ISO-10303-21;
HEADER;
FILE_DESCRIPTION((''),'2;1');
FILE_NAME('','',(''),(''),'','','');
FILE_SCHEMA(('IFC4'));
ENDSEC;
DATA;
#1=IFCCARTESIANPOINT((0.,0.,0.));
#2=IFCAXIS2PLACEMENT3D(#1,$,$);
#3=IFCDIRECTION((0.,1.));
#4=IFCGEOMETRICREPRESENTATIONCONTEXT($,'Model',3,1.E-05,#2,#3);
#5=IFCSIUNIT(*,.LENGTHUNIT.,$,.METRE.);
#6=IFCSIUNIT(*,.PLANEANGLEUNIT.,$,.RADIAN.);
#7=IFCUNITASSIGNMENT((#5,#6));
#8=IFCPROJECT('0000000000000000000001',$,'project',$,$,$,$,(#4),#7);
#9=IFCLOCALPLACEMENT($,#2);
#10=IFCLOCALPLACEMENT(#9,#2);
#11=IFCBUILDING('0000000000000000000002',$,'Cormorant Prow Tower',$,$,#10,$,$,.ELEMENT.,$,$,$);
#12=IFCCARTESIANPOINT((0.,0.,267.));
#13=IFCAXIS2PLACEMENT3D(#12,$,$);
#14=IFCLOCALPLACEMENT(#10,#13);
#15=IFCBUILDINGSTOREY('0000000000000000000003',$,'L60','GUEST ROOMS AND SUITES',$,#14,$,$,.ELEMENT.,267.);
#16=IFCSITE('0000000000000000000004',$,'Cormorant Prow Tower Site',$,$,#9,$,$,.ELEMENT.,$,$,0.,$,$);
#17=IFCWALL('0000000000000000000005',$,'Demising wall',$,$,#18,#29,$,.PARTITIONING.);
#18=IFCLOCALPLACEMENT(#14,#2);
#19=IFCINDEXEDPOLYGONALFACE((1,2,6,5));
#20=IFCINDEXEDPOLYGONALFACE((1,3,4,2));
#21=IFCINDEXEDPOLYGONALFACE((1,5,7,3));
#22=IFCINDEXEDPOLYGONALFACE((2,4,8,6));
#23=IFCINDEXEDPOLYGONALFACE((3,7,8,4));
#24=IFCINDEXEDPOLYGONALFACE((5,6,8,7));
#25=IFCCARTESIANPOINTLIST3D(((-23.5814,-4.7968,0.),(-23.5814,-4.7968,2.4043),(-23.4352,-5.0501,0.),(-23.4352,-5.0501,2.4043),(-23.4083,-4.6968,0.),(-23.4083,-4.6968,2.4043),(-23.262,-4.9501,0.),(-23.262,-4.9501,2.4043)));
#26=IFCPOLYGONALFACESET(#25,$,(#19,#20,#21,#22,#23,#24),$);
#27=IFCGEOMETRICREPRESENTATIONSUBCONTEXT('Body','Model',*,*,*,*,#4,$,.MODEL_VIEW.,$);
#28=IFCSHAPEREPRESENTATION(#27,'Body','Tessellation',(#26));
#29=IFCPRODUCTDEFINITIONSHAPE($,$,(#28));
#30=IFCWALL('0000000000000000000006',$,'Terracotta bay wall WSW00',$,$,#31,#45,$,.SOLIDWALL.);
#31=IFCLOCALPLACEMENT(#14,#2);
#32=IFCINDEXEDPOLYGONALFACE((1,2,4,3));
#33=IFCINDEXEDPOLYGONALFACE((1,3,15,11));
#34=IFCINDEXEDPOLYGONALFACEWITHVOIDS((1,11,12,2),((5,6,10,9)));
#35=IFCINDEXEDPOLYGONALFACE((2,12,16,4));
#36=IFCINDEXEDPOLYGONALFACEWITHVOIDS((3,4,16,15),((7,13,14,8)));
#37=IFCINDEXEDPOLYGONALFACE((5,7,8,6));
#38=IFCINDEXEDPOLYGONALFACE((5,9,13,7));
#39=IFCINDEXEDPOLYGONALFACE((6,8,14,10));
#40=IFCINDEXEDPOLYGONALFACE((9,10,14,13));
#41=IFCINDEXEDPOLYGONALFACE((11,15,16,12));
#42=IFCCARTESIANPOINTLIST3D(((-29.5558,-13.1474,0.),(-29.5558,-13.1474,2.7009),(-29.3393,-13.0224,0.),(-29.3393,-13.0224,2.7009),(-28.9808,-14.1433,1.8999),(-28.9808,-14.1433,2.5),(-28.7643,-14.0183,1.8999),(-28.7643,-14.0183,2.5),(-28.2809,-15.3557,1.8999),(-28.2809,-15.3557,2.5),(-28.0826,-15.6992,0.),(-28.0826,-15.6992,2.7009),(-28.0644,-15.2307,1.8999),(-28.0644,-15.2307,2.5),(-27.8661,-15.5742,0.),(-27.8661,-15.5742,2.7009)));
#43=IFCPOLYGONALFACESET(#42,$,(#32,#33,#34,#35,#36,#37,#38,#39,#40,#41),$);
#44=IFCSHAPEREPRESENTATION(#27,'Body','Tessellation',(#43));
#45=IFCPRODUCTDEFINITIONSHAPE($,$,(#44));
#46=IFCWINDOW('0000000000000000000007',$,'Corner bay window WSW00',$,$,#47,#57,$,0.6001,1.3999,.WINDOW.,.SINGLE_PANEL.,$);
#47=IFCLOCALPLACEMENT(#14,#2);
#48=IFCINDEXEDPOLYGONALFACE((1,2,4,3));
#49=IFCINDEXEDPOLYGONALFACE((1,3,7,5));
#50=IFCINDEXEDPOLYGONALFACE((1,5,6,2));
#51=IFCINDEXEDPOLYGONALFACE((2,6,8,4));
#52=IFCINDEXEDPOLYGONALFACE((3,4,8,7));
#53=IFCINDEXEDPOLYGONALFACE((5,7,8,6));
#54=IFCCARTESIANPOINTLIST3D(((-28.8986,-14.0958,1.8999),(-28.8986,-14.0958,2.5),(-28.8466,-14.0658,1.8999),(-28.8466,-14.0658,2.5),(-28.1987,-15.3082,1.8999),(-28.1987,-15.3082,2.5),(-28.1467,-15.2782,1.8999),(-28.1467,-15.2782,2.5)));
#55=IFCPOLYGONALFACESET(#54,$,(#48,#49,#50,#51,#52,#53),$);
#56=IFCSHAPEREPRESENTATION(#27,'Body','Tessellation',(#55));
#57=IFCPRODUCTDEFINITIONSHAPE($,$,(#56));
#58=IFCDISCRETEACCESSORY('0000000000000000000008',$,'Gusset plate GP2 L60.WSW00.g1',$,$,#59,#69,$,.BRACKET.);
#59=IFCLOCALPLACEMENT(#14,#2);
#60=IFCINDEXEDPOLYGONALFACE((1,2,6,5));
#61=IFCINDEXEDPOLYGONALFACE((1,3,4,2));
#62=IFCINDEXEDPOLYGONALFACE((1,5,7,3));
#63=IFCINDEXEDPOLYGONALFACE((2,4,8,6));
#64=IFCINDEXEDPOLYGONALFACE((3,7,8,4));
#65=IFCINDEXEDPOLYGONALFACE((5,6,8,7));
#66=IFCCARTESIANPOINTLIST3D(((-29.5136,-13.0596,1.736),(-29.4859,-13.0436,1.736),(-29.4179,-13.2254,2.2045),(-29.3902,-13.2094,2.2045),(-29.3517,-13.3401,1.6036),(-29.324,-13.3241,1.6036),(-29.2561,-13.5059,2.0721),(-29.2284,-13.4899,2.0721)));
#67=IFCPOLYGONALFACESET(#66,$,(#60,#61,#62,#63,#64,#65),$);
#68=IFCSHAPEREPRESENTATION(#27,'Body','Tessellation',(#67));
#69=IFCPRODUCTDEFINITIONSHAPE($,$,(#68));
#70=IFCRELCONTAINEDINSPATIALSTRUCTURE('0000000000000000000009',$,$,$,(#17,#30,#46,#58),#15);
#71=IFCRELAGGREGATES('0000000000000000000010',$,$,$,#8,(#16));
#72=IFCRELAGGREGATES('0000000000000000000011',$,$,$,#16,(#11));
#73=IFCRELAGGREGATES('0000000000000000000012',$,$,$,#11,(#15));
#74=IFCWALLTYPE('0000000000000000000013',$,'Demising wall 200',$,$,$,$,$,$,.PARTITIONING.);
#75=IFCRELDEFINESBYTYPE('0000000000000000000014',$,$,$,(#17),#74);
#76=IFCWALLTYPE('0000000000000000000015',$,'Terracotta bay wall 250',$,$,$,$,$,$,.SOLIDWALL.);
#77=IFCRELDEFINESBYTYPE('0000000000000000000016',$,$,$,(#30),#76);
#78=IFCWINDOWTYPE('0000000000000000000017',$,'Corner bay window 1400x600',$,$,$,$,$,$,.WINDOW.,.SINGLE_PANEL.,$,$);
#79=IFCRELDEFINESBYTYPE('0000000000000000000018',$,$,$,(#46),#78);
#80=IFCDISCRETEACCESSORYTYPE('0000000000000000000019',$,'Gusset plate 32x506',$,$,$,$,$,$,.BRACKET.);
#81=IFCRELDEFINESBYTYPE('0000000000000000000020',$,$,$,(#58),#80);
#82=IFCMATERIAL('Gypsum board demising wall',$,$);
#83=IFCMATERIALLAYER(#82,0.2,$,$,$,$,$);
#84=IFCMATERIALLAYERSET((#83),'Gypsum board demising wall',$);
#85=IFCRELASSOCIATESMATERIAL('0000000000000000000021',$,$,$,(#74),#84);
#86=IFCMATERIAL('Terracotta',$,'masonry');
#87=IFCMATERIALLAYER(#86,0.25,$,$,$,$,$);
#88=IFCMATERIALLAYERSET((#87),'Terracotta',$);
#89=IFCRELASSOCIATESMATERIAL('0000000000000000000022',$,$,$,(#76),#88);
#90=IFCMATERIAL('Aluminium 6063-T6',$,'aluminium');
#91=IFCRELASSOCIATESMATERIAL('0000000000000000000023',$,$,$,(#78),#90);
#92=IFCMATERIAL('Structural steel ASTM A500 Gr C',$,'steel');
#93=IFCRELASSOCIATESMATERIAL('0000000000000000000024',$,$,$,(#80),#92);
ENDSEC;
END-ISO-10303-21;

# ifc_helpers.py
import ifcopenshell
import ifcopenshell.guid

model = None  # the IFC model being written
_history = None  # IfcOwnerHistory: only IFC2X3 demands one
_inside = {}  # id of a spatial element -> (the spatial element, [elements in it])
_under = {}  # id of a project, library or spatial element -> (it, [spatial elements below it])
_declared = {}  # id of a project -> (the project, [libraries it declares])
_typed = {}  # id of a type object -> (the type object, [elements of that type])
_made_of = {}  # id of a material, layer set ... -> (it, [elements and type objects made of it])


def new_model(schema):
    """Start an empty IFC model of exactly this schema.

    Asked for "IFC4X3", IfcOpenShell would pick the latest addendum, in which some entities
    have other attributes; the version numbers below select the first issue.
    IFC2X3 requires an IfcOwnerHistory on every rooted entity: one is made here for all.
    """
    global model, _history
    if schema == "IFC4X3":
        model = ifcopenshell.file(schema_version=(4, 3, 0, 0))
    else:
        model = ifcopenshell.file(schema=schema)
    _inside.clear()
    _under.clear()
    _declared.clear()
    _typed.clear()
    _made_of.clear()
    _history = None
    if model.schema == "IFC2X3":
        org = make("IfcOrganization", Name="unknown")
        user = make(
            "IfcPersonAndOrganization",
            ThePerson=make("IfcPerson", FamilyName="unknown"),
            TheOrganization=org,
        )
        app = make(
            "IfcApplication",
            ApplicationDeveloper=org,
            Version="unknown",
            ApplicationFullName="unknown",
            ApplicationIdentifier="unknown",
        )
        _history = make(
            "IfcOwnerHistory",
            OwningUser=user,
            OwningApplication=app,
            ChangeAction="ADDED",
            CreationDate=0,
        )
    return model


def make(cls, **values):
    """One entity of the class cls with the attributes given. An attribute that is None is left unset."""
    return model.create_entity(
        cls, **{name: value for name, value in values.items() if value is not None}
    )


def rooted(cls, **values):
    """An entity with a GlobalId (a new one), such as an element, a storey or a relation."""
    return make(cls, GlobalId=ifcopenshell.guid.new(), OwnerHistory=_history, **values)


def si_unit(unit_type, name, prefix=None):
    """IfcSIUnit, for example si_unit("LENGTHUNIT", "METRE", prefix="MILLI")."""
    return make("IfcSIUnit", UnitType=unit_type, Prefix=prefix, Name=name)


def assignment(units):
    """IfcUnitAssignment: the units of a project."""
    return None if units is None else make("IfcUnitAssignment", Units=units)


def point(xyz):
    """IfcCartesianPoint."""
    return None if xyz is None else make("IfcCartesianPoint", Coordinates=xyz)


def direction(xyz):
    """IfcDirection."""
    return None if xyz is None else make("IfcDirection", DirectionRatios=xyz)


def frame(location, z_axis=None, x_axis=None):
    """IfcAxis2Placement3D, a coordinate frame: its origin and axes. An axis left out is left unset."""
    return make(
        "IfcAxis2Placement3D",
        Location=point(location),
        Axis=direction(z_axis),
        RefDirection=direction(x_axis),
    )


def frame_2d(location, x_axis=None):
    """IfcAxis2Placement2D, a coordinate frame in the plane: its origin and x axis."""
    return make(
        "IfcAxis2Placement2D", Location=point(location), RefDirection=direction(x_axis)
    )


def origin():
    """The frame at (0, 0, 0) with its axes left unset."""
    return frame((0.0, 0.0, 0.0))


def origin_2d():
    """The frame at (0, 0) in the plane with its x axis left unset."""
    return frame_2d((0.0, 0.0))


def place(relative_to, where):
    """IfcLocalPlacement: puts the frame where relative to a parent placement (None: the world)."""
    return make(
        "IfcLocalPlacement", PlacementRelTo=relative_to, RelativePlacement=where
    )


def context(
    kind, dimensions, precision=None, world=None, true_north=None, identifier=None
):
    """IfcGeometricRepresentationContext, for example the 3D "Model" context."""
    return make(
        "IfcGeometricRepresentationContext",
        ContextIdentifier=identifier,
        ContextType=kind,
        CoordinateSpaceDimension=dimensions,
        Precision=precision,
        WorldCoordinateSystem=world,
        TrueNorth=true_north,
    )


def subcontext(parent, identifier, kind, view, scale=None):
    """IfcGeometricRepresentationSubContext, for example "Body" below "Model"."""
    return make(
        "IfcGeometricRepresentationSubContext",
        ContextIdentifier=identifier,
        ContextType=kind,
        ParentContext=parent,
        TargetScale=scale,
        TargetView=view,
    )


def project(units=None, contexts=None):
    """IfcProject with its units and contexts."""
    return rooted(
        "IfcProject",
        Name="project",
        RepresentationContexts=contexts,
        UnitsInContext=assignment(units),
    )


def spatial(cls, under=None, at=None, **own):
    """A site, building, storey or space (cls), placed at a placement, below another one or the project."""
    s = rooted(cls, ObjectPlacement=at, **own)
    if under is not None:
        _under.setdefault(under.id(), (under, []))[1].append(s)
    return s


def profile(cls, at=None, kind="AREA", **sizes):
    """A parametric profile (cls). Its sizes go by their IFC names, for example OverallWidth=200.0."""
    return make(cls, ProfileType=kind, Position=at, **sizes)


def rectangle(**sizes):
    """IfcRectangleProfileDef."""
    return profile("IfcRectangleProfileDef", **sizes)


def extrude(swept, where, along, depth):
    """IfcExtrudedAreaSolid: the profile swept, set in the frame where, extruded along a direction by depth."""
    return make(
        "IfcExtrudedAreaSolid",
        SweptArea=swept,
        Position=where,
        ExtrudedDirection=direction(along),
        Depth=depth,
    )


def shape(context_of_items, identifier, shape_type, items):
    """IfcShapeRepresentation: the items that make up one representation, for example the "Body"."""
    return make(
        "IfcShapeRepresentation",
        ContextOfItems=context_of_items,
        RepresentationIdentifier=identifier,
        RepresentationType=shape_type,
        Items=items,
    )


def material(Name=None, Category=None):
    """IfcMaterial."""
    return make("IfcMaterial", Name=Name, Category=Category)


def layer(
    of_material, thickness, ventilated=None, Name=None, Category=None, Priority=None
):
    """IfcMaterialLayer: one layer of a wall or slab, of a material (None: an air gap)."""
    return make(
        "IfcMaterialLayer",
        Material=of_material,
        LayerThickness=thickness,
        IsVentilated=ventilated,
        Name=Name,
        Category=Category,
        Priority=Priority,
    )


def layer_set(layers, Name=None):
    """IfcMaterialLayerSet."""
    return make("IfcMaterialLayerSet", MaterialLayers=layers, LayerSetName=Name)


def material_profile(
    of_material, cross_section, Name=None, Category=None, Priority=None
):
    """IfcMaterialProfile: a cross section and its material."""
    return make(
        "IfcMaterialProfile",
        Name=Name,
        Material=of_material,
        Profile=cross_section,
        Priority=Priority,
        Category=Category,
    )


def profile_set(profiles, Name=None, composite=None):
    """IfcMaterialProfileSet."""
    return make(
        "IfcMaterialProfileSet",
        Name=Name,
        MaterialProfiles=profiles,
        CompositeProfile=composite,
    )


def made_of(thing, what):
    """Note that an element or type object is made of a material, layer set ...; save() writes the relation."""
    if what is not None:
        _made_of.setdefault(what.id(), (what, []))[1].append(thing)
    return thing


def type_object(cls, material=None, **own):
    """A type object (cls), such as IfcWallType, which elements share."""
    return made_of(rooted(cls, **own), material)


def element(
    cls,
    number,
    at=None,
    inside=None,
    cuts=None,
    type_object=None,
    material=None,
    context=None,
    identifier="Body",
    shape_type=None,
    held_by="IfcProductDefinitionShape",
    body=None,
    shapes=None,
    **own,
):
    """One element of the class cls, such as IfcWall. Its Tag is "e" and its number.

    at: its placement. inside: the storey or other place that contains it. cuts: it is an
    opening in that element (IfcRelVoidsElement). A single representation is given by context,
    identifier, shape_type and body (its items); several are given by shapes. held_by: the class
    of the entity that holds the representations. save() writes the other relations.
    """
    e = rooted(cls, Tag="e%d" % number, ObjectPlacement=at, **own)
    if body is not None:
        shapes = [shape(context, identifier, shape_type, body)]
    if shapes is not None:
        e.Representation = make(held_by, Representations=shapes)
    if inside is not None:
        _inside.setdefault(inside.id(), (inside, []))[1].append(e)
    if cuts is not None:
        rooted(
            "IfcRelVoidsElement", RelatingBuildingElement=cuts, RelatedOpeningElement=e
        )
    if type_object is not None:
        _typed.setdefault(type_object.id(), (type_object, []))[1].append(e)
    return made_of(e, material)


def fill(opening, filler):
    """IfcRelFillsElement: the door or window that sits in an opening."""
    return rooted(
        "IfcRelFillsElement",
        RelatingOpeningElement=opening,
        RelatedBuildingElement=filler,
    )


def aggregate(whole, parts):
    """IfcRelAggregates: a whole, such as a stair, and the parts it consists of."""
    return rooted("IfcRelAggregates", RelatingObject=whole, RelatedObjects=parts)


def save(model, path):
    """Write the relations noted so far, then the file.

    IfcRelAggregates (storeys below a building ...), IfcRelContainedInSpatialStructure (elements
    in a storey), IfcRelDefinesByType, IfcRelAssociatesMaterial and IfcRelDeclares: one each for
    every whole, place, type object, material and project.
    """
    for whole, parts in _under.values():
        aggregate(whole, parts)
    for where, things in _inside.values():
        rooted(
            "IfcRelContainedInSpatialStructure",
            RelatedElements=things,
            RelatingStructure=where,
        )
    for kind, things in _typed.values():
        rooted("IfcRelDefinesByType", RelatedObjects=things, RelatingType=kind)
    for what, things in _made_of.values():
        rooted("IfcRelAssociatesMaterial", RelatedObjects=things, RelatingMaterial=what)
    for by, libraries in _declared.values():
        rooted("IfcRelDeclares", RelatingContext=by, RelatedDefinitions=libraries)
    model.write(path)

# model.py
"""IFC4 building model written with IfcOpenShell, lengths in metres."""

from ifc_helpers import new_model, si_unit, direction, frame, frame_2d, origin, origin_2d, place, context, subcontext, project, spatial, rectangle, extrude, material, layer, layer_set, material_profile, profile_set, type_object, element, fill, save


model = new_model("IFC4")

# Units and contexts
model_context = context("Model", 3, precision=1e-05, world=origin(), true_north=direction((0.0, 1.0)))
body_context = subcontext(model_context, "Body", "Model", "MODEL_VIEW")
ifc_project = project(units=[si_unit("LENGTHUNIT", "METRE"), si_unit("PLANEANGLEUNIT", "RADIAN")], contexts=[model_context])

# Site, building, storey
site_placement = place(None, origin())
site = spatial("IfcSite", under=ifc_project, at=site_placement, Name="Cormorant Prow Tower Site", CompositionType="ELEMENT", RefElevation=0.0)
building_placement = place(site_placement, origin())
building = spatial("IfcBuilding", under=site, at=building_placement, Name="Cormorant Prow Tower", CompositionType="ELEMENT")
storey_placement = place(building_placement, frame((0.0, 0.0, 267.0)))
storey = spatial("IfcBuildingStorey", under=building, at=storey_placement, Name="L60", Description="GUEST ROOMS AND SUITES", CompositionType="ELEMENT", Elevation=267.0)

# Shared definitions
ifc_material_1 = material(Name="Gypsum board demising wall")
ifc_layer_1 = layer(ifc_material_1, 0.2)
ifc_layer_set_1 = layer_set([ifc_layer_1], Name="Gypsum board demising wall")
wall_type_1 = type_object("IfcWallType", Name="Demising wall 200", PredefinedType="PARTITIONING", material=ifc_layer_set_1)

# Wall
wall_1_placement = place(storey_placement, frame((-23.4949, -4.7468, 0.0), z_axis=(0.0, 0.0, 1.0), x_axis=(0.50018, -0.865921, 0.0)))
element("IfcWall", 1, at=wall_1_placement, inside=storey, type_object=wall_type_1, Name="Demising wall", PredefinedType="PARTITIONING", context=body_context, shape_type="SweptSolid", body=[
    extrude(rectangle(XDim=0.2925, YDim=0.2, at=frame_2d((0.1462, 0.0))), origin(), (0.0, 0.0, 1.0), 2.4043),
])

# Wall, opening, window
ifc_material_2 = material(Name="Terracotta", Category="masonry")
ifc_layer_2 = layer(ifc_material_2, 0.25)
ifc_layer_set_2 = layer_set([ifc_layer_2], Name="Terracotta")
wall_type_2 = type_object("IfcWallType", Name="Terracotta bay wall 250", PredefinedType="SOLIDWALL", material=ifc_layer_set_2)
wall_2_placement = place(storey_placement, frame((-29.4475, -13.085, 0.0), z_axis=(0.0, 0.0, 1.0), x_axis=(0.499971, -0.866042, 0.0)))
wall_2 = element("IfcWall", 2, at=wall_2_placement, inside=storey, type_object=wall_type_2, Name="Terracotta bay wall WSW00", PredefinedType="SOLIDWALL", context=body_context, shape_type="SweptSolid", body=[
    extrude(rectangle(XDim=2.9465, YDim=0.25, at=frame_2d((1.4731, 0.0))), origin(), (0.0, 0.0, 1.0), 2.7009),
])
opening_1_placement = place(wall_2_placement, frame((1.1499, 0.0, 1.8999)))
opening_1 = element("IfcOpeningElement", 3, at=opening_1_placement, cuts=wall_2, PredefinedType="OPENING", context=body_context, shape_type="SweptSolid", body=[
    extrude(rectangle(XDim=1.3999, YDim=0.6001, at=frame_2d((0.7, 0.3))), frame((0.0, 0.135, 0.0), z_axis=(0.0, -1.0, 0.0), x_axis=(1.0, 0.0, 0.0)), (0.0, 0.0, 1.0), 0.27),
])
ifc_material_3 = material(Name="Aluminium 6063-T6", Category="aluminium")
window_type = type_object("IfcWindowType", Name="Corner bay window 1400x600", PartitioningType="SINGLE_PANEL", PredefinedType="WINDOW", material=ifc_material_3)
window_placement = place(opening_1_placement, origin())
window = element("IfcWindow", 4, at=window_placement, inside=storey, type_object=window_type, Name="Corner bay window WSW00", OverallHeight=0.6001, OverallWidth=1.3999, PartitioningType="SINGLE_PANEL", PredefinedType="WINDOW", context=body_context, shape_type="SweptSolid", body=[
    extrude(rectangle(XDim=1.3999, YDim=0.6001, at=frame_2d((0.7, 0.3))), frame((0.0, 0.03, 0.0), z_axis=(0.0, -1.0, 0.0), x_axis=(1.0, 0.0, 0.0)), (0.0, 0.0, 1.0), 0.0601),
])
fill(opening_1, window)

# Discrete accessory
ifc_material_4 = material(Name="Structural steel ASTM A500 Gr C", Category="steel")
ifc_material_profile_1 = material_profile(ifc_material_4, rectangle(XDim=0.032, YDim=0.5061, at=origin_2d()), Name="Gusset plate 32x506")
ifc_profile_set_1 = profile_set([ifc_material_profile_1], Name="Structural steel ASTM A500 Gr C")
discrete_accessory_type = type_object("IfcDiscreteAccessoryType", Name="Gusset plate 32x506", PredefinedType="BRACKET", material=ifc_profile_set_1)
discrete_accessory_placement = place(storey_placement, frame((-29.29, -13.415, 1.8379), z_axis=(-0.462661, 0.801806, 0.378223), x_axis=(-0.866148, -0.499788, 0.0)))
element("IfcDiscreteAccessory", 5, at=discrete_accessory_placement, inside=storey, type_object=discrete_accessory_type, Name="Gusset plate GP2 L60.WSW00.g1", PredefinedType="BRACKET", context=body_context, shape_type="SweptSolid", body=[
    extrude(rectangle(XDim=0.032, YDim=0.5061, at=origin_2d()), origin(), (0.0, 0.0, 1.0), 0.3499),
])

save(model, "model.ifc")
